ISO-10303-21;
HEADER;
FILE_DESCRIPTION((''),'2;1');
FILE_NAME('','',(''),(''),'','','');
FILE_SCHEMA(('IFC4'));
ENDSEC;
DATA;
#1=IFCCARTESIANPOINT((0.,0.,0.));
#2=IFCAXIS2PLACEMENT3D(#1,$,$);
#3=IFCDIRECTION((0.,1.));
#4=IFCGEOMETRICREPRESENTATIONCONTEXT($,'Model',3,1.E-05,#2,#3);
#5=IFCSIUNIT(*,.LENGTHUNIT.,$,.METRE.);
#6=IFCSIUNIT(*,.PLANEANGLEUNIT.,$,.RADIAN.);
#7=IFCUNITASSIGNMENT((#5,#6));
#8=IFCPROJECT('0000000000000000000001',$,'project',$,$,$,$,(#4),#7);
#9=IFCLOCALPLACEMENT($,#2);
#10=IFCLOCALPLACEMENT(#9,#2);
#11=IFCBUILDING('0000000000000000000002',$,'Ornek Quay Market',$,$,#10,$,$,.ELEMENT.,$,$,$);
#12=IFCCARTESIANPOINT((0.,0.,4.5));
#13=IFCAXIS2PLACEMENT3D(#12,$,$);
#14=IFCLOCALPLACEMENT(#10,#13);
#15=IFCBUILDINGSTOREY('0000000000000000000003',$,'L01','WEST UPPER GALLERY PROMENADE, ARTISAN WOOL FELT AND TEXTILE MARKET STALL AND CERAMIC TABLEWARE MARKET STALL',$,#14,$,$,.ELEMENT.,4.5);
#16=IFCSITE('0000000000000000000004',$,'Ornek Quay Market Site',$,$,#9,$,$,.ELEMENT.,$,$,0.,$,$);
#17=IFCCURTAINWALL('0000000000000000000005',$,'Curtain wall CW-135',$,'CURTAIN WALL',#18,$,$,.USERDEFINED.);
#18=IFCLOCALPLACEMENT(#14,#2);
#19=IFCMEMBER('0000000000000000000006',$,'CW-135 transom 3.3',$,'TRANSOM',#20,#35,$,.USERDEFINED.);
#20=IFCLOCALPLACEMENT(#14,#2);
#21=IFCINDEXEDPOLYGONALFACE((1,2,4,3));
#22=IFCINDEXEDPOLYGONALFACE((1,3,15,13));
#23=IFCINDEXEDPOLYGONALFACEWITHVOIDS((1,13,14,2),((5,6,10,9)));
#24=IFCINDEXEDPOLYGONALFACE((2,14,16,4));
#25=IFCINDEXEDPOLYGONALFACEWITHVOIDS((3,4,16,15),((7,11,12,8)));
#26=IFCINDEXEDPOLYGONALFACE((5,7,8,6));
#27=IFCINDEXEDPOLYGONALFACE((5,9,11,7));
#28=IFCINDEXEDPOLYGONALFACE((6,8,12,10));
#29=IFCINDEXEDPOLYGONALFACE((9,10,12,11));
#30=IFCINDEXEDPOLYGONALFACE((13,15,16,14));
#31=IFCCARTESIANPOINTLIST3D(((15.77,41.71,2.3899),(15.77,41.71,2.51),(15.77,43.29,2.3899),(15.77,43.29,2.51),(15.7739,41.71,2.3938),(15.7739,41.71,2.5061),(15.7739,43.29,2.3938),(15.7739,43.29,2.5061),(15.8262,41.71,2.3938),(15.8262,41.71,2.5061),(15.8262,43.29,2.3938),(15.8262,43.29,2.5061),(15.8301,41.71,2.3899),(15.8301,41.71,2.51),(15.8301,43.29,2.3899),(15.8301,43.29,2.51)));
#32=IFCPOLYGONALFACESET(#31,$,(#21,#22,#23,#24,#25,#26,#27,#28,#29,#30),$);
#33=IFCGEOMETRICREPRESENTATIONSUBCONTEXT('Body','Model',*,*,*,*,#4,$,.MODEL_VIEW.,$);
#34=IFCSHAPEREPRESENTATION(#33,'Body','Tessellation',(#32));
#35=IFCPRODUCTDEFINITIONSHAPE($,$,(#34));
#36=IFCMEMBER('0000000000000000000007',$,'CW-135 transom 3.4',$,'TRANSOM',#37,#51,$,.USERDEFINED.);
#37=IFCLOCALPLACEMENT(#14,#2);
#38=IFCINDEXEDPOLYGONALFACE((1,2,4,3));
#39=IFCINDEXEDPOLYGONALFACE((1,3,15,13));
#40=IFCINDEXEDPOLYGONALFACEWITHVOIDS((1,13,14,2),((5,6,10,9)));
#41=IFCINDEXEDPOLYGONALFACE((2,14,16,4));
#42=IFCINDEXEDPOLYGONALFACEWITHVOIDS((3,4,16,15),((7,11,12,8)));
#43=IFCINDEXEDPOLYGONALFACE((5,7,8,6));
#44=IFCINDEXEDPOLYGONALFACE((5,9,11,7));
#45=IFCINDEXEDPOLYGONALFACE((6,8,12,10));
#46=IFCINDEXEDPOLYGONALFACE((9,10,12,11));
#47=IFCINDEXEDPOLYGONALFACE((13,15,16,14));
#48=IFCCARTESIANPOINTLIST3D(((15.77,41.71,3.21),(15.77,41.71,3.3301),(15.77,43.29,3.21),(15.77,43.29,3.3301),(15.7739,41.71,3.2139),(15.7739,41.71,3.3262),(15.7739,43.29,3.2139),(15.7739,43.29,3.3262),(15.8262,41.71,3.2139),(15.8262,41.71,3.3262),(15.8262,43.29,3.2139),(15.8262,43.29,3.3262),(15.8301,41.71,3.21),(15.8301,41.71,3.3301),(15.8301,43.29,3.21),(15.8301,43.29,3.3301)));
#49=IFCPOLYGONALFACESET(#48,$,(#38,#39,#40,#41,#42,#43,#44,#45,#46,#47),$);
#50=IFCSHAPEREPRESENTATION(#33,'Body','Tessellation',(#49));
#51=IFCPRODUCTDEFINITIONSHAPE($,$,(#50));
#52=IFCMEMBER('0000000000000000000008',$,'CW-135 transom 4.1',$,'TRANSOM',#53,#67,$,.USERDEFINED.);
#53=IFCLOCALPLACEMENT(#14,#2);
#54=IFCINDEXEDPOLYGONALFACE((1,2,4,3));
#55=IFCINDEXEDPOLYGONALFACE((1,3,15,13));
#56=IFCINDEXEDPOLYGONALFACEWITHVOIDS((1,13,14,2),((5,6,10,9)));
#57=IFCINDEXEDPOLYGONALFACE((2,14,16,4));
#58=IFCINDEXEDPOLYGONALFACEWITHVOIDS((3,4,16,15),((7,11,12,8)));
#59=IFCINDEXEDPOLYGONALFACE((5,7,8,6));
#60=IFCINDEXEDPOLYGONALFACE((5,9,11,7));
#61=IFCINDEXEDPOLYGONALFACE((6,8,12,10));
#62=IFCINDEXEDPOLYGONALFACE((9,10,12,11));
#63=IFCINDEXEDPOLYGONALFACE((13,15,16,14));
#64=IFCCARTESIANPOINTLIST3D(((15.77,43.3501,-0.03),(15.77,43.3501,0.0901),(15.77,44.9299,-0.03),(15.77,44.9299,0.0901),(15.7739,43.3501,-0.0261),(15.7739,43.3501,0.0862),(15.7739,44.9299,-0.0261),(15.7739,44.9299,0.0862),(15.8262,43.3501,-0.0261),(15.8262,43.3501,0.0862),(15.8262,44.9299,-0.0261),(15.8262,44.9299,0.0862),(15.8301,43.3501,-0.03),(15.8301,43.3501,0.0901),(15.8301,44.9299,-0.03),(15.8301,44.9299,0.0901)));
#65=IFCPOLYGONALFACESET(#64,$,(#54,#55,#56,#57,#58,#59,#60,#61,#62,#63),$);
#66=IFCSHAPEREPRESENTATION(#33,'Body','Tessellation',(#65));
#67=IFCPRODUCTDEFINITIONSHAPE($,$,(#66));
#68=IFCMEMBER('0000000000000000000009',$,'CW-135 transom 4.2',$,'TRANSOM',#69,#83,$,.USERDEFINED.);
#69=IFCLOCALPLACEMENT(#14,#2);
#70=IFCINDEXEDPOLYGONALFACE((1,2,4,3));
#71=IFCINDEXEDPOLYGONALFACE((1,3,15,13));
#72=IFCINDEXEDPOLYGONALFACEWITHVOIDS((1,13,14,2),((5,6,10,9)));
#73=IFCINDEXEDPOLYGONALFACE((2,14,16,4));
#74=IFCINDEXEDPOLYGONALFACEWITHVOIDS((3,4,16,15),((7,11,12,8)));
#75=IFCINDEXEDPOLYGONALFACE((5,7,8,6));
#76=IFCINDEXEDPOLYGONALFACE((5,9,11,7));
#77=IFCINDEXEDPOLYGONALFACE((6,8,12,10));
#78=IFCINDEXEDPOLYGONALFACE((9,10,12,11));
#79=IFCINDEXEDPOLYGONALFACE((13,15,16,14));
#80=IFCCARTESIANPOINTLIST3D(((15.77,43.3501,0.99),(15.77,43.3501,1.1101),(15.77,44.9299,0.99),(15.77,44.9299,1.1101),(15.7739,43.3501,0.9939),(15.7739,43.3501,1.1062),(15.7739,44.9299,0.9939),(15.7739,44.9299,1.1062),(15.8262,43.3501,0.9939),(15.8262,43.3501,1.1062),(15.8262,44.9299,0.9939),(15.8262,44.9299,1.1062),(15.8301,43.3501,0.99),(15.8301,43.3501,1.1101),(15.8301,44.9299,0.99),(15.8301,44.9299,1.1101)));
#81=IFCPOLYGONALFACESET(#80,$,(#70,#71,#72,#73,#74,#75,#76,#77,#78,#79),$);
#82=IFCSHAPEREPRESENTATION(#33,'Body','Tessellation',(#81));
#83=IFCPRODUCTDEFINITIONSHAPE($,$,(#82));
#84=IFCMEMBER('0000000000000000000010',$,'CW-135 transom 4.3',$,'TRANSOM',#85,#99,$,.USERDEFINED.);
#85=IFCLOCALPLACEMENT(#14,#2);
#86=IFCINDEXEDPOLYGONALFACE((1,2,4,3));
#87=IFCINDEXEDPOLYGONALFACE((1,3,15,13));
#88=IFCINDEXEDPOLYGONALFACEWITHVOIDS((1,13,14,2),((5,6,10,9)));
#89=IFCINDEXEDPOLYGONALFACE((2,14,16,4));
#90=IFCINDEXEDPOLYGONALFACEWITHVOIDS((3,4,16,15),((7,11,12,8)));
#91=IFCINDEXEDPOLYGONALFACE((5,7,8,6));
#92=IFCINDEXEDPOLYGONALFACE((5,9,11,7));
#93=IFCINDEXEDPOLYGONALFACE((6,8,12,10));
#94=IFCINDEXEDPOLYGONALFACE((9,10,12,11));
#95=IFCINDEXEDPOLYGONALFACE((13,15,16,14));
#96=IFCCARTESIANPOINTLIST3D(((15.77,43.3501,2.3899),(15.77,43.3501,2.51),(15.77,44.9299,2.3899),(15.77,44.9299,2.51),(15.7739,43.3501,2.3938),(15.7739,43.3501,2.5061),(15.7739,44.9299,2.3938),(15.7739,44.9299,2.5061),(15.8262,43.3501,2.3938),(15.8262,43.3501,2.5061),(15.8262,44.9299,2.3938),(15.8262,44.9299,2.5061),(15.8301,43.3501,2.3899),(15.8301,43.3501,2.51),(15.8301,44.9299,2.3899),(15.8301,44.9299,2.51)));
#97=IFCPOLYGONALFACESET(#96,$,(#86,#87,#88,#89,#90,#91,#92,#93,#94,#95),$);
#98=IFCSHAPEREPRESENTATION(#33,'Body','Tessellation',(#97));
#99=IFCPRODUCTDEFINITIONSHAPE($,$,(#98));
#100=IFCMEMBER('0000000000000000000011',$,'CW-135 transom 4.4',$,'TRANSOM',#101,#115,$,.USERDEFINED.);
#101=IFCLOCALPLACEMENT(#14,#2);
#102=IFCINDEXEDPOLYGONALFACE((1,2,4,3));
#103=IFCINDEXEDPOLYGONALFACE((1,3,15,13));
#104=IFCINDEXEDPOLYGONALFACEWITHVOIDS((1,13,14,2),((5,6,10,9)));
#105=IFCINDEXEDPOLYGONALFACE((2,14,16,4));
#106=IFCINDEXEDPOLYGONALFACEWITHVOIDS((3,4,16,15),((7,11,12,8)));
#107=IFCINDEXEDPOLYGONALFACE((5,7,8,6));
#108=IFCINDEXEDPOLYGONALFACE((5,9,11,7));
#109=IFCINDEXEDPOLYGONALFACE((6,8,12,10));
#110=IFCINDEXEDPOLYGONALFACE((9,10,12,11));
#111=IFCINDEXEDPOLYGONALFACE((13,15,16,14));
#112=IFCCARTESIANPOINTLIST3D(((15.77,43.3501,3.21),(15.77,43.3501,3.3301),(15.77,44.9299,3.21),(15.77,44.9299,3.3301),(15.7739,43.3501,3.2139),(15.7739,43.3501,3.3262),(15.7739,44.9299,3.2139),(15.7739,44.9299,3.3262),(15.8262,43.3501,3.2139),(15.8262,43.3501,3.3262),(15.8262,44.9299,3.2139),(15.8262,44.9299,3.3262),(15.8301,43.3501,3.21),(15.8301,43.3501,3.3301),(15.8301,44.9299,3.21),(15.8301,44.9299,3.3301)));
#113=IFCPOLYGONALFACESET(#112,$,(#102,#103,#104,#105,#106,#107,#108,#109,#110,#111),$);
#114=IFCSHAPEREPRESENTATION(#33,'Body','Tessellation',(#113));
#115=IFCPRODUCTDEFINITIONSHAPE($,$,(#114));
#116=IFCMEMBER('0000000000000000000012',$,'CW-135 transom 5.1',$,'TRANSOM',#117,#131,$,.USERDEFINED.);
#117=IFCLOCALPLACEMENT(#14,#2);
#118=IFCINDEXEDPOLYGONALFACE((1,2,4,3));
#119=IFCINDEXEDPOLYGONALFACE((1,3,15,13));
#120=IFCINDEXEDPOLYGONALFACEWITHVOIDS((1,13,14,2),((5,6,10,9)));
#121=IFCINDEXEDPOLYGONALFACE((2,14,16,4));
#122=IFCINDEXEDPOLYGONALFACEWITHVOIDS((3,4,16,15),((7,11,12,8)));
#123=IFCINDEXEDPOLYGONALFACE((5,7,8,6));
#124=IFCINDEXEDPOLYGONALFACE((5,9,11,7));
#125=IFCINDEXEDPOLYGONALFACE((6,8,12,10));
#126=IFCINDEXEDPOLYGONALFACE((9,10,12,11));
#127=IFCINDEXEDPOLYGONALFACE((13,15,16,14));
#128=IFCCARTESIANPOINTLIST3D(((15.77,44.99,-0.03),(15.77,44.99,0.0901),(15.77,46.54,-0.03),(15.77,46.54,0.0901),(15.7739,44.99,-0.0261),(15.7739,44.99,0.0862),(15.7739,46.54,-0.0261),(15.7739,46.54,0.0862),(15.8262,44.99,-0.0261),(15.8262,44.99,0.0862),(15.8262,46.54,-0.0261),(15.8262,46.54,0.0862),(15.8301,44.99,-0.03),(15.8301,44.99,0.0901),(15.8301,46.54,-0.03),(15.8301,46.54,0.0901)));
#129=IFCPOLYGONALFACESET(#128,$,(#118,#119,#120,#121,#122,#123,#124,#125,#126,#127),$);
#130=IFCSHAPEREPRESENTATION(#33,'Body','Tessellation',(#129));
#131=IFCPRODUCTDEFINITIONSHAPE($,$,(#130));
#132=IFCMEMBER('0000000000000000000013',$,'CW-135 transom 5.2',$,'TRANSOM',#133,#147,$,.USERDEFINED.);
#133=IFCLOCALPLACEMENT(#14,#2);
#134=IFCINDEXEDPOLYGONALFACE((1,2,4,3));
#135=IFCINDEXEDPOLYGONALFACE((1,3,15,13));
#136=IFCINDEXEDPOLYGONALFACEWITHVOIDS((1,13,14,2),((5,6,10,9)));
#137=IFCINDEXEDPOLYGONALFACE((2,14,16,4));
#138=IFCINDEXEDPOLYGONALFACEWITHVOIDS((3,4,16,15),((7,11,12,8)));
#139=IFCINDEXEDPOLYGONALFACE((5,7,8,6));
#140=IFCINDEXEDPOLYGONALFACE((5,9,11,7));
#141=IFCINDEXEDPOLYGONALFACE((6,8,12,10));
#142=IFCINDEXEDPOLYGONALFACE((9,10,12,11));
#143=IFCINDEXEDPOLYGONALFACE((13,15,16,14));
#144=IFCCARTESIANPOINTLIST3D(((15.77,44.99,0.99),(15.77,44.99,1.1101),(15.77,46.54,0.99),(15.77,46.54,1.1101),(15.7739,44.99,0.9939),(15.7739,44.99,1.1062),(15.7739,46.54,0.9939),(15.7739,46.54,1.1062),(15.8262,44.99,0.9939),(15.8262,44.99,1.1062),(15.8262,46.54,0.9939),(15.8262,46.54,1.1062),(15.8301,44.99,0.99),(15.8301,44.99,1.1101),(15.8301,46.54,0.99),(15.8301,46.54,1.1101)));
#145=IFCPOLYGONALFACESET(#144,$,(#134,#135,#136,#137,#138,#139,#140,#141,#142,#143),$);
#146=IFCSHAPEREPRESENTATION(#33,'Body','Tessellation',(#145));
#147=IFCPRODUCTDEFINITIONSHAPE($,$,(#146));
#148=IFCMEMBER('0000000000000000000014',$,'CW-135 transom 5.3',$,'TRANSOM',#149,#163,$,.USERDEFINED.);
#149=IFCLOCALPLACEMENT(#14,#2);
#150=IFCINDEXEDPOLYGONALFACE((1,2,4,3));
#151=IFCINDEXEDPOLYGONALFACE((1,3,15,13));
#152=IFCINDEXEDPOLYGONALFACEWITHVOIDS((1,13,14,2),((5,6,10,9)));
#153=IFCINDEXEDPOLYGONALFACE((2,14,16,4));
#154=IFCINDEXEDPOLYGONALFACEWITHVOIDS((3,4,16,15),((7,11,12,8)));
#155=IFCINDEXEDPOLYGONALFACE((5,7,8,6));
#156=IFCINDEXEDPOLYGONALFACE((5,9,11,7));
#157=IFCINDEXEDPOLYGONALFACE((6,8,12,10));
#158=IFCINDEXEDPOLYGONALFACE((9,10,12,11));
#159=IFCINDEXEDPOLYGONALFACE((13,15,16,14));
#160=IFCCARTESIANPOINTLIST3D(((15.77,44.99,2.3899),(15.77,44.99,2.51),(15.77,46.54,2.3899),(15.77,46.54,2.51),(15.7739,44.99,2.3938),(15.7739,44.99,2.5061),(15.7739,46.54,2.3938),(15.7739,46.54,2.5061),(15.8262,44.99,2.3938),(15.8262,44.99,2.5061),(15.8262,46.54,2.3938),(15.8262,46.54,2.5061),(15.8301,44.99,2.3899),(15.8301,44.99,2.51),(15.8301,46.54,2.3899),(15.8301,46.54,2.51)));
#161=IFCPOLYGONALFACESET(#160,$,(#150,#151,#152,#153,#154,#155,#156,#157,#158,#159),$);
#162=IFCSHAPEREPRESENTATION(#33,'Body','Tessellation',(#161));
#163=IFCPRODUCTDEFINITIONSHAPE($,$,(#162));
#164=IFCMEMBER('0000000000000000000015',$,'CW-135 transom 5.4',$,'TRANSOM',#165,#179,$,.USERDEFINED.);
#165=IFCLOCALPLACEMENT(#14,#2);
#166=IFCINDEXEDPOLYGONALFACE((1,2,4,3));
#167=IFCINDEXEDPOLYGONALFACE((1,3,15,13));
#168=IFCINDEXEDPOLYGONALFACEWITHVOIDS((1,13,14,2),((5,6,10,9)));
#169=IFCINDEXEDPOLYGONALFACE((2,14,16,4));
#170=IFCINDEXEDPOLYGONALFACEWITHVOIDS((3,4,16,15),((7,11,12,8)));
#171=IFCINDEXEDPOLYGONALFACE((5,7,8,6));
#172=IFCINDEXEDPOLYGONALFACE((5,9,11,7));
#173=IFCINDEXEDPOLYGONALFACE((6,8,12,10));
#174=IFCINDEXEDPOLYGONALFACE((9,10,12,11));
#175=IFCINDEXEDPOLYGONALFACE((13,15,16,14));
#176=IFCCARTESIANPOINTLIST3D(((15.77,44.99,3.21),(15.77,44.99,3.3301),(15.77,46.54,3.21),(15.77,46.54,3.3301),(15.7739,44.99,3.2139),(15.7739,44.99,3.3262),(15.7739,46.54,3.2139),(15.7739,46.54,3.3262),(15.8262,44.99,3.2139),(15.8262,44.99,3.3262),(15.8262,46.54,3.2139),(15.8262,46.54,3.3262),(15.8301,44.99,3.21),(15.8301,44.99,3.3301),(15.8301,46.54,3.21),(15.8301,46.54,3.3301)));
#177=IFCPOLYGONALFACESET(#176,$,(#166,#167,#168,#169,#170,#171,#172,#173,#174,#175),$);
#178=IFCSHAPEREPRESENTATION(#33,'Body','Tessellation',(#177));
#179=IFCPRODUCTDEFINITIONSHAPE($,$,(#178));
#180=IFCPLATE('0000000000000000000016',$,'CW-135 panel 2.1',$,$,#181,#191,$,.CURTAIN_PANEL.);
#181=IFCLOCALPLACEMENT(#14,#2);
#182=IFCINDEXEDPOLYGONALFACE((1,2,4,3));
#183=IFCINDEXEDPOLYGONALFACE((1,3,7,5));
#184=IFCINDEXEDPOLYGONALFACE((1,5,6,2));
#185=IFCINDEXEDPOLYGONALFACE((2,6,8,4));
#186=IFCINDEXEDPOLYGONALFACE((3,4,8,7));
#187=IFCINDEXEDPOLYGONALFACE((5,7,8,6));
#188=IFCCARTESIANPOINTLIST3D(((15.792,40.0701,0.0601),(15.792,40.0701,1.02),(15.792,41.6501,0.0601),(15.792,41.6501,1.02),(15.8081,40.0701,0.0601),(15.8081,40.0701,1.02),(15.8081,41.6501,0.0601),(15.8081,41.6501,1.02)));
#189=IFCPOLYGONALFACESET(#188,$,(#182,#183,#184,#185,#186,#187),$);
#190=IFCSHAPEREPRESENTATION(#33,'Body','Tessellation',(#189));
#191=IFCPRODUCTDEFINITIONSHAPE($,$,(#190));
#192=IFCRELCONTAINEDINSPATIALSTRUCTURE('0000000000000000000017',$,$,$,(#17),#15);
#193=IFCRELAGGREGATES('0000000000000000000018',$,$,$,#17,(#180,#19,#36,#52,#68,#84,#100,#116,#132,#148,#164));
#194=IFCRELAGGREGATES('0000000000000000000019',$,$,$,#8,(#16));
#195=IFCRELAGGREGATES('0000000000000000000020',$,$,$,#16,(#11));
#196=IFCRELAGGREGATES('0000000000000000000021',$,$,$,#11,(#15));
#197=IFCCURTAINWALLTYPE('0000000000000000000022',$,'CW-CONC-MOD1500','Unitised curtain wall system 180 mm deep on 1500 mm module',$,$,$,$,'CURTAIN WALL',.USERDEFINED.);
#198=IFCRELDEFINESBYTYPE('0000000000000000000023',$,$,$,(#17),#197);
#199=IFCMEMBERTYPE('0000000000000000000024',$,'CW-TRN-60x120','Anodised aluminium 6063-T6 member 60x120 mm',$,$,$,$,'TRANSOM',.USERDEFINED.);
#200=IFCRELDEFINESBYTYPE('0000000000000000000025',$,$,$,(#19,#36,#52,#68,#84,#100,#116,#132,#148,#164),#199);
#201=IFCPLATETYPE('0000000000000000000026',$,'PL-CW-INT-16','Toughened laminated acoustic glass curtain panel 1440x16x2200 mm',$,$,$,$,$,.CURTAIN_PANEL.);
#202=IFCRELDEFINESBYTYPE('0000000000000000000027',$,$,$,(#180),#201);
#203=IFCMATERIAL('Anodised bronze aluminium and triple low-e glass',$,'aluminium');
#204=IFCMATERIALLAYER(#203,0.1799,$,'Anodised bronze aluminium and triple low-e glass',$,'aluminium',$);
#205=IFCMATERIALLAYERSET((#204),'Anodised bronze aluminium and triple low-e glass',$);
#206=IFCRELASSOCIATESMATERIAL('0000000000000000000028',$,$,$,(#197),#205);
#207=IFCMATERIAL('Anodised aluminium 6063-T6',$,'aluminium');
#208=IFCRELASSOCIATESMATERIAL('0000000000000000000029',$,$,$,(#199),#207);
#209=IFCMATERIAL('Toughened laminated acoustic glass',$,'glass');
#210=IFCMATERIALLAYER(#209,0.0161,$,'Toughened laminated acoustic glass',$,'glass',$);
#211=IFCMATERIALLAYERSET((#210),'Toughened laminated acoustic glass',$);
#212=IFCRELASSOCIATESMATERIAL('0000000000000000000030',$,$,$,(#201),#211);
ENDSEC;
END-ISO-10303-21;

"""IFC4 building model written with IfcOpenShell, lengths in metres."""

from ifc_helpers import new_model, si_unit, direction, frame, origin, origin_2d, place, context, subcontext, project, spatial, rectangle, hollow_rectangle, extrude, material, layer, layer_set, material_profile, profile_set, type_object, element, aggregate, save


model = new_model("IFC4")

# Units and contexts
model_context = context("Model", 3, precision=1e-05, world=origin(), true_north=direction((0.0, 1.0)))
body_context = subcontext(model_context, "Body", "Model", "MODEL_VIEW")
ifc_project = project(units=[si_unit("LENGTHUNIT", "METRE"), si_unit("PLANEANGLEUNIT", "RADIAN")], contexts=[model_context])

# Site, building, storey
site_placement = place(None, origin())
site = spatial("IfcSite", under=ifc_project, at=site_placement, Name="Ornek Quay Market Site", CompositionType="ELEMENT", RefElevation=0.0)
building_placement = place(site_placement, origin())
building = spatial("IfcBuilding", under=site, at=building_placement, Name="Ornek Quay Market", CompositionType="ELEMENT")
storey_placement = place(building_placement, frame((0.0, 0.0, 4.5)))
storey = spatial("IfcBuildingStorey", under=building, at=storey_placement, Name="L01", Description="WEST UPPER GALLERY PROMENADE, ARTISAN WOOL FELT AND TEXTILE MARKET STALL AND CERAMIC TABLEWARE MARKET STALL", CompositionType="ELEMENT", Elevation=4.5)

# Curtain wall, members, plate
ifc_material_1 = material(Name="Anodised bronze aluminium and triple low-e glass", Category="aluminium")
ifc_layer_1 = layer(ifc_material_1, 0.1799, Name="Anodised bronze aluminium and triple low-e glass", Category="aluminium")
ifc_layer_set_1 = layer_set([ifc_layer_1], Name="Anodised bronze aluminium and triple low-e glass")
curtain_wall_type = type_object("IfcCurtainWallType", Name="CW-CONC-MOD1500", Description="Unitised curtain wall system 180 mm deep on 1500 mm module", ElementType="CURTAIN WALL", PredefinedType="USERDEFINED", material=ifc_layer_set_1)
curtain_wall_placement = place(storey_placement, origin())
curtain_wall = element("IfcCurtainWall", 1, at=curtain_wall_placement, inside=storey, type_object=curtain_wall_type, Name="Curtain wall CW-135", ObjectType="CURTAIN WALL", PredefinedType="USERDEFINED")
ifc_material_2 = material(Name="Anodised aluminium 6063-T6", Category="aluminium")
ifc_material_profile_1 = material_profile(ifc_material_2, hollow_rectangle(XDim=0.0601, YDim=0.1201, WallThickness=0.0039, at=origin_2d()), Name="CW-TRN-60x120", Category="aluminium")
ifc_profile_set_1 = profile_set([ifc_material_profile_1], Name="Anodised aluminium 6063-T6")
member_type_1 = type_object("IfcMemberType", Name="CW-TRN-60x120", Description="Anodised aluminium 6063-T6 member 60x120 mm", ElementType="TRANSOM", PredefinedType="USERDEFINED", material=ifc_profile_set_1)
member_1_placement = place(storey_placement, frame((15.8, 41.71, 2.45), z_axis=(0.0, 1.0, 0.0), x_axis=(-1.0, 0.0, 0.0)))
member_1 = element("IfcMember", 2, at=member_1_placement, type_object=member_type_1, Name="CW-135 transom 3.3", ObjectType="TRANSOM", PredefinedType="USERDEFINED", context=body_context, shape_type="SweptSolid", body=[
    extrude(hollow_rectangle(XDim=0.0601, YDim=0.1201, WallThickness=0.0039, at=origin_2d()), origin(), (0.0, 0.0, 1.0), 1.5801),
])
member_2_placement = place(storey_placement, frame((15.8, 41.71, 3.27), z_axis=(0.0, 1.0, 0.0), x_axis=(-1.0, 0.0, 0.0)))
member_2 = element("IfcMember", 3, at=member_2_placement, type_object=member_type_1, Name="CW-135 transom 3.4", ObjectType="TRANSOM", PredefinedType="USERDEFINED", context=body_context, shape_type="SweptSolid", body=[
    extrude(hollow_rectangle(XDim=0.0601, YDim=0.1201, WallThickness=0.0039, at=origin_2d()), origin(), (0.0, 0.0, 1.0), 1.5801),
])
member_3_placement = place(storey_placement, frame((15.8, 43.3501, 0.03), z_axis=(0.0, 1.0, 0.0), x_axis=(-1.0, 0.0, 0.0)))
member_3 = element("IfcMember", 4, at=member_3_placement, type_object=member_type_1, Name="CW-135 transom 4.1", ObjectType="TRANSOM", PredefinedType="USERDEFINED", context=body_context, shape_type="SweptSolid", body=[
    extrude(hollow_rectangle(XDim=0.0601, YDim=0.1201, WallThickness=0.0039, at=origin_2d()), origin(), (0.0, 0.0, 1.0), 1.5798),
])
member_4_placement = place(storey_placement, frame((15.8, 43.3501, 1.05), z_axis=(0.0, 1.0, 0.0), x_axis=(-1.0, 0.0, 0.0)))
member_4 = element("IfcMember", 5, at=member_4_placement, type_object=member_type_1, Name="CW-135 transom 4.2", ObjectType="TRANSOM", PredefinedType="USERDEFINED", context=body_context, shape_type="SweptSolid", body=[
    extrude(hollow_rectangle(XDim=0.0601, YDim=0.1201, WallThickness=0.0039, at=origin_2d()), origin(), (0.0, 0.0, 1.0), 1.5798),
])
member_5_placement = place(storey_placement, frame((15.8, 43.3501, 2.45), z_axis=(0.0, 1.0, 0.0), x_axis=(-1.0, 0.0, 0.0)))
member_5 = element("IfcMember", 6, at=member_5_placement, type_object=member_type_1, Name="CW-135 transom 4.3", ObjectType="TRANSOM", PredefinedType="USERDEFINED", context=body_context, shape_type="SweptSolid", body=[
    extrude(hollow_rectangle(XDim=0.0601, YDim=0.1201, WallThickness=0.0039, at=origin_2d()), origin(), (0.0, 0.0, 1.0), 1.5798),
])
member_6_placement = place(storey_placement, frame((15.8, 43.3501, 3.27), z_axis=(0.0, 1.0, 0.0), x_axis=(-1.0, 0.0, 0.0)))
member_6 = element("IfcMember", 7, at=member_6_placement, type_object=member_type_1, Name="CW-135 transom 4.4", ObjectType="TRANSOM", PredefinedType="USERDEFINED", context=body_context, shape_type="SweptSolid", body=[
    extrude(hollow_rectangle(XDim=0.0601, YDim=0.1201, WallThickness=0.0039, at=origin_2d()), origin(), (0.0, 0.0, 1.0), 1.5798),
])
member_7_placement = place(storey_placement, frame((15.8, 44.99, 0.03), z_axis=(0.0, 1.0, 0.0), x_axis=(-1.0, 0.0, 0.0)))
member_7 = element("IfcMember", 8, at=member_7_placement, type_object=member_type_1, Name="CW-135 transom 5.1", ObjectType="TRANSOM", PredefinedType="USERDEFINED", context=body_context, shape_type="SweptSolid", body=[
    extrude(hollow_rectangle(XDim=0.0601, YDim=0.1201, WallThickness=0.0039, at=origin_2d()), origin(), (0.0, 0.0, 1.0), 1.55),
])
member_8_placement = place(storey_placement, frame((15.8, 44.99, 1.05), z_axis=(0.0, 1.0, 0.0), x_axis=(-1.0, 0.0, 0.0)))
member_8 = element("IfcMember", 9, at=member_8_placement, type_object=member_type_1, Name="CW-135 transom 5.2", ObjectType="TRANSOM", PredefinedType="USERDEFINED", context=body_context, shape_type="SweptSolid", body=[
    extrude(hollow_rectangle(XDim=0.0601, YDim=0.1201, WallThickness=0.0039, at=origin_2d()), origin(), (0.0, 0.0, 1.0), 1.55),
])
member_9_placement = place(storey_placement, frame((15.8, 44.99, 2.45), z_axis=(0.0, 1.0, 0.0), x_axis=(-1.0, 0.0, 0.0)))
member_9 = element("IfcMember", 10, at=member_9_placement, type_object=member_type_1, Name="CW-135 transom 5.3", ObjectType="TRANSOM", PredefinedType="USERDEFINED", context=body_context, shape_type="SweptSolid", body=[
    extrude(hollow_rectangle(XDim=0.0601, YDim=0.1201, WallThickness=0.0039, at=origin_2d()), origin(), (0.0, 0.0, 1.0), 1.55),
])
member_10_placement = place(storey_placement, frame((15.8, 44.99, 3.27), z_axis=(0.0, 1.0, 0.0), x_axis=(-1.0, 0.0, 0.0)))
member_10 = element("IfcMember", 11, at=member_10_placement, type_object=member_type_1, Name="CW-135 transom 5.4", ObjectType="TRANSOM", PredefinedType="USERDEFINED", context=body_context, shape_type="SweptSolid", body=[
    extrude(hollow_rectangle(XDim=0.0601, YDim=0.1201, WallThickness=0.0039, at=origin_2d()), origin(), (0.0, 0.0, 1.0), 1.55),
])
ifc_material_3 = material(Name="Toughened laminated acoustic glass", Category="glass")
ifc_layer_2 = layer(ifc_material_3, 0.0161, Name="Toughened laminated acoustic glass", Category="glass")
ifc_layer_set_2 = layer_set([ifc_layer_2], Name="Toughened laminated acoustic glass")
plate_type = type_object("IfcPlateType", Name="PL-CW-INT-16", Description="Toughened laminated acoustic glass curtain panel 1440x16x2200 mm", PredefinedType="CURTAIN_PANEL", material=ifc_layer_set_2)
plate_1_placement = place(storey_placement, frame((15.8, 40.8601, 0.0601), z_axis=(0.0, 0.0, 1.0), x_axis=(0.0, 1.0, 0.0)))
plate_1 = element("IfcPlate", 12, at=plate_1_placement, type_object=plate_type, Name="CW-135 panel 2.1", PredefinedType="CURTAIN_PANEL", context=body_context, shape_type="SweptSolid", body=[
    extrude(rectangle(XDim=1.5801, YDim=0.0161, at=origin_2d()), origin(), (0.0, 0.0, 1.0), 0.96),
])
aggregate(curtain_wall, [plate_1, member_1, member_2, member_3, member_4, member_5, member_6, member_7, member_8, member_9, member_10])

save(model, "model.ifc")
